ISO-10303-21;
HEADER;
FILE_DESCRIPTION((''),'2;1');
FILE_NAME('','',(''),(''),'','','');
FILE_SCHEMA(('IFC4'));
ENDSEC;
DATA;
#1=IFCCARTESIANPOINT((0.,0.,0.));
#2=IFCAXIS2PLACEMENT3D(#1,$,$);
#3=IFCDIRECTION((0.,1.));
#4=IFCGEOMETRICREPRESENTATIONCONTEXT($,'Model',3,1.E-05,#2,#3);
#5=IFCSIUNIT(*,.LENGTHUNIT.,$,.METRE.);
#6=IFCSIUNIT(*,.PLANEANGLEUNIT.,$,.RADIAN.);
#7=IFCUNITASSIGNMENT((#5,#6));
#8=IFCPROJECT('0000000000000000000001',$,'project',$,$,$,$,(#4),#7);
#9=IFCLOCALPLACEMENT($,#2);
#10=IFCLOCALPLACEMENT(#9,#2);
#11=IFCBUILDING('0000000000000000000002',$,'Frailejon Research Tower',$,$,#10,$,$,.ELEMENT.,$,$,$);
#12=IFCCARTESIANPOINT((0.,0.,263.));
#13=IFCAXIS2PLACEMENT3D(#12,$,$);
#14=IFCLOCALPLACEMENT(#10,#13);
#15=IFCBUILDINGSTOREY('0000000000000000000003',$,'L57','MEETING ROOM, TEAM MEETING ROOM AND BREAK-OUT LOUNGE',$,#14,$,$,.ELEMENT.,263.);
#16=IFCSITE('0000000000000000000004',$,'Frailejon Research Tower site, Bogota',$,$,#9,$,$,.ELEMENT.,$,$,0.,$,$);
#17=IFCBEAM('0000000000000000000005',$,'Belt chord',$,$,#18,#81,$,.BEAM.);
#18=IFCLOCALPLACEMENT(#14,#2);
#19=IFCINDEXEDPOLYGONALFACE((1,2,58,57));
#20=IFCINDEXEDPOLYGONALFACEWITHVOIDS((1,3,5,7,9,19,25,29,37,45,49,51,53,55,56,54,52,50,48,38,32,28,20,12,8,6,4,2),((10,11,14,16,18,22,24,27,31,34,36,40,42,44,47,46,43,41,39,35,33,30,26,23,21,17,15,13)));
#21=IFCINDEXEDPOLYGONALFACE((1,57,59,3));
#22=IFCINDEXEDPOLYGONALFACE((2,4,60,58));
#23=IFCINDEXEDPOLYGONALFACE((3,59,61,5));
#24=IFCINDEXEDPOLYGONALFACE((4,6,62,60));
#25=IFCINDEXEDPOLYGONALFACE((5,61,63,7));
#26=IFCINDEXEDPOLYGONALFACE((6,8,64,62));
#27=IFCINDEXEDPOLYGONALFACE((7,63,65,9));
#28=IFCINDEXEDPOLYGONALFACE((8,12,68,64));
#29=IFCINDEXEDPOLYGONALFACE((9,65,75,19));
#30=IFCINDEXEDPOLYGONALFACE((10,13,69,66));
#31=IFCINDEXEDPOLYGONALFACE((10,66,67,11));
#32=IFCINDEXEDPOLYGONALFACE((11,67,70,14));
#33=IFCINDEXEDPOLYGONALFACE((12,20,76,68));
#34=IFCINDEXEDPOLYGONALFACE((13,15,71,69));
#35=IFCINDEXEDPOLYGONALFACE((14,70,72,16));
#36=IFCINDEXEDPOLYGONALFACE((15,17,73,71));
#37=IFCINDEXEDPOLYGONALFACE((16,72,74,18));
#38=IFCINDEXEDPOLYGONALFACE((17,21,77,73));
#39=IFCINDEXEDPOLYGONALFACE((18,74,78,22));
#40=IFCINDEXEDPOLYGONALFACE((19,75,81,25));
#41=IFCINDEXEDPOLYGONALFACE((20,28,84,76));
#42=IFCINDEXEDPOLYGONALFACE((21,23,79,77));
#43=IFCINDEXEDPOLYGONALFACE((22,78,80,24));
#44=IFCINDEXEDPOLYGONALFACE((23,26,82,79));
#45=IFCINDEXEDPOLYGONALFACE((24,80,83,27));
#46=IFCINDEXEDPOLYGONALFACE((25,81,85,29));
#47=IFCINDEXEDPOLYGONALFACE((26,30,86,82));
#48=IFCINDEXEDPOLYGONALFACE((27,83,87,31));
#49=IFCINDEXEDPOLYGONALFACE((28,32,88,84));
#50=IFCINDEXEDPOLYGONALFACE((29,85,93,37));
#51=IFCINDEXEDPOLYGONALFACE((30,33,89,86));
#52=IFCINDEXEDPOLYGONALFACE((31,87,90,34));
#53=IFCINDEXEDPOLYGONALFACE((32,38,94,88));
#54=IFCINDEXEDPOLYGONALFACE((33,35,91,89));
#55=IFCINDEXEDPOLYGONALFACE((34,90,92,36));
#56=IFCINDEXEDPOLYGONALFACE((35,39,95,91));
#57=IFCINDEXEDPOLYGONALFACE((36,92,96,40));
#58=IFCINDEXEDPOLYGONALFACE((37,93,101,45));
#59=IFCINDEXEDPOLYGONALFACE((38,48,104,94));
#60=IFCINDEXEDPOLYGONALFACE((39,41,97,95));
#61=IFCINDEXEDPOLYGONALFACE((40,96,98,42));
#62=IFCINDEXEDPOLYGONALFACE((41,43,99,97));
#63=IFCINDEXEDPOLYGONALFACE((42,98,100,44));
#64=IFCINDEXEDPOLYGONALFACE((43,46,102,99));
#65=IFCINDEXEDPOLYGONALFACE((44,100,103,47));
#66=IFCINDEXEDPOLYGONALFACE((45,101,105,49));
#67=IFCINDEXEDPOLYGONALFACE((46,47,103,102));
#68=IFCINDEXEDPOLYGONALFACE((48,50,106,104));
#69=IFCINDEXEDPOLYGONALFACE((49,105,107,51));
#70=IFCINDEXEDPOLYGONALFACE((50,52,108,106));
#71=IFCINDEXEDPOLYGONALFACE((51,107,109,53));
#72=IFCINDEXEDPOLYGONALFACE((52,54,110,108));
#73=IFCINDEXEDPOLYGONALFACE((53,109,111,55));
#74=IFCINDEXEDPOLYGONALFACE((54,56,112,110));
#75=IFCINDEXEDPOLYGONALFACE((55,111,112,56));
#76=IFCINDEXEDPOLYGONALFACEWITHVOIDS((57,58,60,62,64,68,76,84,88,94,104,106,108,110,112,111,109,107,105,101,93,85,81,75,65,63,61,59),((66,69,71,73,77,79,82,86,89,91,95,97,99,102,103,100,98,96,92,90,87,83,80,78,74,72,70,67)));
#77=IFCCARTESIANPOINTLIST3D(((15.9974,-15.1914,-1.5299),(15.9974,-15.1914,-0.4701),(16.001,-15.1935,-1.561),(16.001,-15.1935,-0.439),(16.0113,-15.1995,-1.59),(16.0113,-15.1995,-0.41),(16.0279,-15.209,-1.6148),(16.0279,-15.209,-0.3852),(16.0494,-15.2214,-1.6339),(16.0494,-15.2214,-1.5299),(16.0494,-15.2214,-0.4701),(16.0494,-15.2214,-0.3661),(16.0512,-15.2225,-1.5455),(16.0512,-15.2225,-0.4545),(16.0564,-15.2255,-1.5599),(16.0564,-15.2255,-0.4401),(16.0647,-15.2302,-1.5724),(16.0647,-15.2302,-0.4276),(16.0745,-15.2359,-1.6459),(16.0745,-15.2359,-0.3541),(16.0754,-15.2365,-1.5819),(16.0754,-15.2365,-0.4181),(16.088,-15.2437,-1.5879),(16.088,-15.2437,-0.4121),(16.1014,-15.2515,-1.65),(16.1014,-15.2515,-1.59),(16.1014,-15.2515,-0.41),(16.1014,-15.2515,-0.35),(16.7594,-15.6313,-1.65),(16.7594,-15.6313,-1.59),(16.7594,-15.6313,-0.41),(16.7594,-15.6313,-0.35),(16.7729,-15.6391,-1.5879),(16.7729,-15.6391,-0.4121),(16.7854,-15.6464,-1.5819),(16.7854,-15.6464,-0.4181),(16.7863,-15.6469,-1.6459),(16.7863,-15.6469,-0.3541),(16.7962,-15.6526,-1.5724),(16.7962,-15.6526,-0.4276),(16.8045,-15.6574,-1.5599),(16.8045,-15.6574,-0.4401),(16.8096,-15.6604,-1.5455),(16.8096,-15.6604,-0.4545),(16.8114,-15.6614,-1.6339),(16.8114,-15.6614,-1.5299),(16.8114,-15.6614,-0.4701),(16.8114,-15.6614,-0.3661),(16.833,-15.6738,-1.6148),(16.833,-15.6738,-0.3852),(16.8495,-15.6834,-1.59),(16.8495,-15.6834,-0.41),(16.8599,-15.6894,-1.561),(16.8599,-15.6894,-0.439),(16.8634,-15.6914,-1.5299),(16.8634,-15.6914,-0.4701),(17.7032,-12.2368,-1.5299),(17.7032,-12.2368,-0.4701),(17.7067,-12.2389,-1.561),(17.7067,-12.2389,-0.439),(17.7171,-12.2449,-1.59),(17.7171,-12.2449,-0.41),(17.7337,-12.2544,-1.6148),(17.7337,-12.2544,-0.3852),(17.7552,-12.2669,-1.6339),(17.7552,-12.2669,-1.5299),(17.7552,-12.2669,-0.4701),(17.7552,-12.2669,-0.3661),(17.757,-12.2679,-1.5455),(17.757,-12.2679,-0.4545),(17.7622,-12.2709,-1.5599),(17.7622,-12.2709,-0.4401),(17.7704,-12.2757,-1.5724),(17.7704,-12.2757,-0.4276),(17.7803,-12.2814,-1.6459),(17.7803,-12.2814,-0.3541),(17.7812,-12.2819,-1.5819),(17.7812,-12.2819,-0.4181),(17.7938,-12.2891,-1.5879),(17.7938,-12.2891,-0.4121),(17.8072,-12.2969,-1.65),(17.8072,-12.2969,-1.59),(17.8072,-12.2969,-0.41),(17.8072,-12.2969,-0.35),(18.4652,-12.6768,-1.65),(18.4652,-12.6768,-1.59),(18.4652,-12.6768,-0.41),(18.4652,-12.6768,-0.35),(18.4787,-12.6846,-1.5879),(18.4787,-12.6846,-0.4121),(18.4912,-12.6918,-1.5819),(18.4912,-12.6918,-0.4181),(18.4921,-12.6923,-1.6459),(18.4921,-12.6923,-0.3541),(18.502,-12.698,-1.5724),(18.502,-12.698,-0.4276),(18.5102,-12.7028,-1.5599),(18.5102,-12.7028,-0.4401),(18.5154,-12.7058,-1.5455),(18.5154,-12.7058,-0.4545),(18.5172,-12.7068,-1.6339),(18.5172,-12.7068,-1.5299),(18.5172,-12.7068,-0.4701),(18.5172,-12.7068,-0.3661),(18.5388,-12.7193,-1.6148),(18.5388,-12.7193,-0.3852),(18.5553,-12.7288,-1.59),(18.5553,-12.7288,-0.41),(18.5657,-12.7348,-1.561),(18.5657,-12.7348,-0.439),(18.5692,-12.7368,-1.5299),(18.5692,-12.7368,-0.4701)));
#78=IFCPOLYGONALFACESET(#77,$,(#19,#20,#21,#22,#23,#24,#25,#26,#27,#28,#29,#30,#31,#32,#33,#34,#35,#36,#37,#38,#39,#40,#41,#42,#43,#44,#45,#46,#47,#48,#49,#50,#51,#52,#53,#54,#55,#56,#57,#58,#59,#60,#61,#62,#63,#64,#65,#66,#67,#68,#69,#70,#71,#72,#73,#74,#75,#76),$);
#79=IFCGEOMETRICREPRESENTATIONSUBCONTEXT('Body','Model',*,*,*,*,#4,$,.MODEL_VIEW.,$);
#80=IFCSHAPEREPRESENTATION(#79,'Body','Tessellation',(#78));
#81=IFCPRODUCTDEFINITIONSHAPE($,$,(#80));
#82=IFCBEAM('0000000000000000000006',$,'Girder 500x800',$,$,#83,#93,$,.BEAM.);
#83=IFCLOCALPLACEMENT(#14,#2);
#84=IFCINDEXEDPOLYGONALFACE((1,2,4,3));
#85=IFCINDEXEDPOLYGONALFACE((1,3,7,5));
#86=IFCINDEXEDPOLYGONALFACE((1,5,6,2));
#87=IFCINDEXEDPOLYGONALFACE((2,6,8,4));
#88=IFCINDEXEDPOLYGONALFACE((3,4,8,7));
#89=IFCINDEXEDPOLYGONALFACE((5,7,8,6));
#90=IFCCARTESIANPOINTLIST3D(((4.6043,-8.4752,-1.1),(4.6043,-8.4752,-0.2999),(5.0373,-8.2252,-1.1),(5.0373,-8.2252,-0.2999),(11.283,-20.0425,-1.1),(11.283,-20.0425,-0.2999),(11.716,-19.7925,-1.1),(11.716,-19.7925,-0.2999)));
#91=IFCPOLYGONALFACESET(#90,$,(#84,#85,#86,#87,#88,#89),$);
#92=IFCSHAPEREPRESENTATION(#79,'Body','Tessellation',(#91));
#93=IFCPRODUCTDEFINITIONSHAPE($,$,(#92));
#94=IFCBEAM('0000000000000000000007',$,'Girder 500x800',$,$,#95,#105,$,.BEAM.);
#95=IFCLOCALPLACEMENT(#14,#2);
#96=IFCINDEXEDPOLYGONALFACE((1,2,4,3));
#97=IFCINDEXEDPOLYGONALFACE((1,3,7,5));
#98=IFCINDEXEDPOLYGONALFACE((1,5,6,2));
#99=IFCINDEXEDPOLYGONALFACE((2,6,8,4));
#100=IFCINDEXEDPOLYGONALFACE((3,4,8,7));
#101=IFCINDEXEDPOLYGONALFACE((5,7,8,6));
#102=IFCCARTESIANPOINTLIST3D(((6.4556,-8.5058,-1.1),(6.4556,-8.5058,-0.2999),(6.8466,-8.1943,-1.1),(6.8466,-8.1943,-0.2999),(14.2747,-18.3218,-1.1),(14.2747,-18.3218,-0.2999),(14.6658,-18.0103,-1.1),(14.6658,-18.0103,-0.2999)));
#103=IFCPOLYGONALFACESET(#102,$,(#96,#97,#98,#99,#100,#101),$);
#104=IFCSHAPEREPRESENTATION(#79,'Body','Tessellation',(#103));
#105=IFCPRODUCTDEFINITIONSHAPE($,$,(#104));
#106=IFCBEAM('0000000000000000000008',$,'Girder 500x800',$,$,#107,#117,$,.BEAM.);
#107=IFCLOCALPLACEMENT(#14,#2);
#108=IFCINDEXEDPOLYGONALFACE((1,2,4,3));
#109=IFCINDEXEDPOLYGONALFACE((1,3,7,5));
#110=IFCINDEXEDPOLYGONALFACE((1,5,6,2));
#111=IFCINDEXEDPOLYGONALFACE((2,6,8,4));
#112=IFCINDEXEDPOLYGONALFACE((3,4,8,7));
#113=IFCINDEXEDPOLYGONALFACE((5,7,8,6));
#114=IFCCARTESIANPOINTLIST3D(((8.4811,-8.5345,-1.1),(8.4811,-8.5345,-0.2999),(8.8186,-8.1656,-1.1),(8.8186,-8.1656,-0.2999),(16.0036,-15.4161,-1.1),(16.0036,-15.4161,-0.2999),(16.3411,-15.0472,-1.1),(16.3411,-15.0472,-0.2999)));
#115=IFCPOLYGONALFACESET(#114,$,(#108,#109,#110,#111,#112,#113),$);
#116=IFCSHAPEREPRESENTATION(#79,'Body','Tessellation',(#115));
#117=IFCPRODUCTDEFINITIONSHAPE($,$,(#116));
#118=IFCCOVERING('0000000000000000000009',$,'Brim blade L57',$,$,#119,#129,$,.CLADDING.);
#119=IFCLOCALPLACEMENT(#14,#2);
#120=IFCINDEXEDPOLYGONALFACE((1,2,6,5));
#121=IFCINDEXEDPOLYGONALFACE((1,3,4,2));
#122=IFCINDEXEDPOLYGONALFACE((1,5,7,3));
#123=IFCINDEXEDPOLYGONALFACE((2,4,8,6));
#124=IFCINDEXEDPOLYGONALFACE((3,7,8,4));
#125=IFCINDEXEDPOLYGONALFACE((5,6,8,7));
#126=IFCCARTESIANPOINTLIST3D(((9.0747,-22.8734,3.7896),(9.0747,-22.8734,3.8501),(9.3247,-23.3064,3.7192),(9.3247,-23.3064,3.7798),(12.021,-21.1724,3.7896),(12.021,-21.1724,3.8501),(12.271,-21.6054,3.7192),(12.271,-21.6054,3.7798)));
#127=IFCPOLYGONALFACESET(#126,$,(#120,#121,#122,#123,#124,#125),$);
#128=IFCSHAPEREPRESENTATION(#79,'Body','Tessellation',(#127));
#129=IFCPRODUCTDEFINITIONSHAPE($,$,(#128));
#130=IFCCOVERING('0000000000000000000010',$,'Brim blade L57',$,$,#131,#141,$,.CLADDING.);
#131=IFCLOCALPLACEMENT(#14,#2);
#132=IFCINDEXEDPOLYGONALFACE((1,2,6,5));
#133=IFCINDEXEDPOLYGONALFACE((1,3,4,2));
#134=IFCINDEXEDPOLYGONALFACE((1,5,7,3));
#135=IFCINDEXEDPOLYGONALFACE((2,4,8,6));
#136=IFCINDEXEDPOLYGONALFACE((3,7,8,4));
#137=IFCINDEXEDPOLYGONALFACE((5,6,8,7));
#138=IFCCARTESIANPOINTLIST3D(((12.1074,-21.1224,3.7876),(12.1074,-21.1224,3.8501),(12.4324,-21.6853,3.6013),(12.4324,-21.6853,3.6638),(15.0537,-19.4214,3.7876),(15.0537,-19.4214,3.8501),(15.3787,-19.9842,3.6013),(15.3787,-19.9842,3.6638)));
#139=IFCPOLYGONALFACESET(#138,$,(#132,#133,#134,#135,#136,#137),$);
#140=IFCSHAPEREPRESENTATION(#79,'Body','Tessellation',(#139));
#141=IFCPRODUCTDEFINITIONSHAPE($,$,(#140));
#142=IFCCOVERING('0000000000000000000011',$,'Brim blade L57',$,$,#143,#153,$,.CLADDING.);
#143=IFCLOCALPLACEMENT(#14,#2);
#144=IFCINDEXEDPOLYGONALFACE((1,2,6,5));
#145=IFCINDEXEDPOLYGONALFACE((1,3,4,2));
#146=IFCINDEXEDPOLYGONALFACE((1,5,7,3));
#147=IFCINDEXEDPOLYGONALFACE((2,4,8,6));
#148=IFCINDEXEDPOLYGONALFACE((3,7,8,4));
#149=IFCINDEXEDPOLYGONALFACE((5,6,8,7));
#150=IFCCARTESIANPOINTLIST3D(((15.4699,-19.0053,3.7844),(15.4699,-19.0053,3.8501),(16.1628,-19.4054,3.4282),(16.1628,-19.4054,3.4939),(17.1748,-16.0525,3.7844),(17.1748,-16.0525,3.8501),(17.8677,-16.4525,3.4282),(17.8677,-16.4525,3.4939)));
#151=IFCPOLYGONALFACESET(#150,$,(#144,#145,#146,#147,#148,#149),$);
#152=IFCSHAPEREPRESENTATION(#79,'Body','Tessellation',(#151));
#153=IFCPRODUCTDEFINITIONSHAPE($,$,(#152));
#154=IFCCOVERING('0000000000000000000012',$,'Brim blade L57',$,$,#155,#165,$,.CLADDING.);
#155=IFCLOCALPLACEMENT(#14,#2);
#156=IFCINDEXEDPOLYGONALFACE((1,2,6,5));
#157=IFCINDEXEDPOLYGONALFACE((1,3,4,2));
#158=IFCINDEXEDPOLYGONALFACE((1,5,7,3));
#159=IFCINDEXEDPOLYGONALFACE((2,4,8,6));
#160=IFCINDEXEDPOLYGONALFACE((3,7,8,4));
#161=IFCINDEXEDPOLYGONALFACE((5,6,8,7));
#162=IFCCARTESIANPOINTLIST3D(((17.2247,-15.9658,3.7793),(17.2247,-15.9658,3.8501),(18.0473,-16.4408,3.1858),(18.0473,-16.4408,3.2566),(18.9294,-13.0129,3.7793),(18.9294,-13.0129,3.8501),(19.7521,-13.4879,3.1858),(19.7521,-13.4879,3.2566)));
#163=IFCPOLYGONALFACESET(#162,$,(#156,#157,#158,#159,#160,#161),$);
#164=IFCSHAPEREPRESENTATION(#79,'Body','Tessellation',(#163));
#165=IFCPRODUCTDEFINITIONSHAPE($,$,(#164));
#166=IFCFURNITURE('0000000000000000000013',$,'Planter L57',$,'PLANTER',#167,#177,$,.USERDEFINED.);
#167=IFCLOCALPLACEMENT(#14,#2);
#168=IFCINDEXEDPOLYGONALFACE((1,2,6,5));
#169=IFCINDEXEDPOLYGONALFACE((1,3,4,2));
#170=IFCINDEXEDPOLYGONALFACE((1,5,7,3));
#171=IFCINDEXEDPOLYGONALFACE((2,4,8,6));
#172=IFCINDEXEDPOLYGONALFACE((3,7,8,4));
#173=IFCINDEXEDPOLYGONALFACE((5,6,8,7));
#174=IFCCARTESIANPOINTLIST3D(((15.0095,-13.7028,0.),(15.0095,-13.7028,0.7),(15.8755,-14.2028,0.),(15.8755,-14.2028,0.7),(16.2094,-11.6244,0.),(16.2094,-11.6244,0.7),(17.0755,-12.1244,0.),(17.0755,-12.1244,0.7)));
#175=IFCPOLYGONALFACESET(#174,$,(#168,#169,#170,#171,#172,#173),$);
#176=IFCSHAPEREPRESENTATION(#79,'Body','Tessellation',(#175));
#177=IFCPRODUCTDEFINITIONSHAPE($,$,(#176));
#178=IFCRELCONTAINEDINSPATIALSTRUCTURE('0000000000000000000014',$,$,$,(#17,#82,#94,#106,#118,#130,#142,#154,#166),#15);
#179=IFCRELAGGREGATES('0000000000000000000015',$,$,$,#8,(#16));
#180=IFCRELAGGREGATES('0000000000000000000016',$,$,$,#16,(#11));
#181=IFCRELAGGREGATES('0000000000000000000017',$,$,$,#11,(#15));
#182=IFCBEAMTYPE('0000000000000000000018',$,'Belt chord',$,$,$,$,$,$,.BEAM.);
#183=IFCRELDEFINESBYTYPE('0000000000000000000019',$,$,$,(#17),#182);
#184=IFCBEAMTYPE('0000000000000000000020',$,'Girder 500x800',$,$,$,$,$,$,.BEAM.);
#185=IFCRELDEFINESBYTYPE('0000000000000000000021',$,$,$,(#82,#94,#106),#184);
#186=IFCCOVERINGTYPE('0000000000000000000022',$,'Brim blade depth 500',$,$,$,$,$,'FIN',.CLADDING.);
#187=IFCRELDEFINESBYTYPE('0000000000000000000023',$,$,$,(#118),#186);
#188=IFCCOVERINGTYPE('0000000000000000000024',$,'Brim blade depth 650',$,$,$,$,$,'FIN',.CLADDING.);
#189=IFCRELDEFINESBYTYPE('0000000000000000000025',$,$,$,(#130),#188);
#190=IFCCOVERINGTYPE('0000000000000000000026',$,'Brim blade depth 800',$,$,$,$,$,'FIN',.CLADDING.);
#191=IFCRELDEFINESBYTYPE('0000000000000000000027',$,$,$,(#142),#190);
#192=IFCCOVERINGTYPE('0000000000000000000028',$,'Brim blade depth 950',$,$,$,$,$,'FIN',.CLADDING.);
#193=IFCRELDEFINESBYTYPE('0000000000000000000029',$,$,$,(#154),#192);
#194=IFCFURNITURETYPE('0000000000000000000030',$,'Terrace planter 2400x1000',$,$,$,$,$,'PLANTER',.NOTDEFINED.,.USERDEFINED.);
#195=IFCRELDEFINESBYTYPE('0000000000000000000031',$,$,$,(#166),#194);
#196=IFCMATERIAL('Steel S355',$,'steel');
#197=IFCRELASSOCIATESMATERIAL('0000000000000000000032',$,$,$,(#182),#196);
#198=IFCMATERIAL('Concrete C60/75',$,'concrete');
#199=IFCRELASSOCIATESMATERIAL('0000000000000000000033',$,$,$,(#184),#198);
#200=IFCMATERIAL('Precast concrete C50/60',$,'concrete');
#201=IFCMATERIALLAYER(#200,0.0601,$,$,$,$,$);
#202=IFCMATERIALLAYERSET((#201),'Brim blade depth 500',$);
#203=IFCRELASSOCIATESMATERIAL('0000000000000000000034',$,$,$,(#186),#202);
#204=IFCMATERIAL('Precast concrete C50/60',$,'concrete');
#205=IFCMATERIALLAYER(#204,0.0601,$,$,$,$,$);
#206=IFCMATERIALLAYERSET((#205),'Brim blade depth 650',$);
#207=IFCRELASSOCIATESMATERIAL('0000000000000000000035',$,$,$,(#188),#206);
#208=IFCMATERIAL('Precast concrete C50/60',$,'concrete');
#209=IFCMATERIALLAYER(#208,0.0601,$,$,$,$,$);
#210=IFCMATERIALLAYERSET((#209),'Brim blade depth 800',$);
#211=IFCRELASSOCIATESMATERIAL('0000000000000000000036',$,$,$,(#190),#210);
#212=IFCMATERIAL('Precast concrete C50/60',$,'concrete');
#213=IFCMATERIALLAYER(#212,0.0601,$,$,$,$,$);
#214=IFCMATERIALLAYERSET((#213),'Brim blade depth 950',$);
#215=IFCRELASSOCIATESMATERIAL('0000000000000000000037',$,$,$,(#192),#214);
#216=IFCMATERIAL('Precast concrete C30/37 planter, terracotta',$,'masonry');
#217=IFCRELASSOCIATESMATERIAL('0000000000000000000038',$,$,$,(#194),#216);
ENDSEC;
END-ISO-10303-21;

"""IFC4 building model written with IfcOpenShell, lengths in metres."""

from ifc_helpers import new_model, si_unit, direction, frame, origin, origin_2d, place, context, subcontext, project, spatial, polyline, rectangle, hollow_rectangle, outline, extrude, material, layer, layer_set, material_profile, profile_set, type_object, element, save


model = new_model("IFC4")

# Units and contexts
model_context = context("Model", 3, precision=1e-05, world=origin(), true_north=direction((0.0, 1.0)))
body_context = subcontext(model_context, "Body", "Model", "MODEL_VIEW")
ifc_project = project(units=[si_unit("LENGTHUNIT", "METRE"), si_unit("PLANEANGLEUNIT", "RADIAN")], contexts=[model_context])

# Site, building, storey
site_placement = place(None, origin())
site = spatial("IfcSite", under=ifc_project, at=site_placement, Name="Frailejon Research Tower site, Bogota", CompositionType="ELEMENT", RefElevation=0.0)
building_placement = place(site_placement, origin())
building = spatial("IfcBuilding", under=site, at=building_placement, Name="Frailejon Research Tower", CompositionType="ELEMENT")
storey_placement = place(building_placement, frame((0.0, 0.0, 263.0)))
storey = spatial("IfcBuildingStorey", under=building, at=storey_placement, Name="L57", Description="MEETING ROOM, TEAM MEETING ROOM AND BREAK-OUT LOUNGE", CompositionType="ELEMENT", Elevation=263.0)

# Beams
ifc_material_1 = material(Name="Steel S355", Category="steel")
ifc_material_profile_1 = material_profile(ifc_material_1, hollow_rectangle(XDim=1.0, YDim=1.3, WallThickness=0.0601, InnerFilletRadius=0.0601, OuterFilletRadius=0.1201, at=origin_2d()), Name="Belt chord")
ifc_profile_set_1 = profile_set([ifc_material_profile_1], Name="Steel S355")
beam_type_1 = type_object("IfcBeamType", Name="Belt chord", PredefinedType="BEAM", material=ifc_profile_set_1)
for number, where, z_axis, x_axis, name in (
    (1, (16.4304, -15.4414, -1.0), (0.499995, 0.866028, 0.0), (-0.866028, 0.499995, 0.0), "Belt chord"),
):
    element("IfcBeam", number, at=place(storey_placement, frame(where, z_axis=z_axis, x_axis=x_axis)), inside=storey, type_object=beam_type_1, Name=name, PredefinedType="BEAM", context=body_context, shape_type="SweptSolid", body=[
        extrude(hollow_rectangle(XDim=1.0, YDim=1.3, WallThickness=0.0601, InnerFilletRadius=0.0601, OuterFilletRadius=0.1201, at=origin_2d()), origin(), (0.0, 0.0, 1.0), 3.4116),
    ])
ifc_material_2 = material(Name="Concrete C60/75", Category="concrete")
ifc_material_profile_2 = material_profile(ifc_material_2, rectangle(XDim=0.5, YDim=0.8, at=origin_2d()), Name="Girder 500x800")
ifc_profile_set_2 = profile_set([ifc_material_profile_2], Name="Concrete C60/75")
beam_type_2 = type_object("IfcBeamType", Name="Girder 500x800", PredefinedType="BEAM", material=ifc_profile_set_2)
beam_1_placement = place(storey_placement, frame((11.4995, -19.9175, -0.7), z_axis=(-0.500016, 0.866016, 0.0), x_axis=(-0.866016, -0.500016, 0.0)))
element("IfcBeam", 2, at=beam_1_placement, inside=storey, type_object=beam_type_2, Name="Girder 500x800", PredefinedType="BEAM", context=body_context, shape_type="SweptSolid", body=[
    extrude(rectangle(XDim=0.5, YDim=0.8, at=origin_2d()), origin(), (0.0, 0.0, 1.0), 13.3569),
])
beam_2_placement = place(storey_placement, frame((14.4702, -18.166, -0.7), z_axis=(-0.623059, 0.782175, 0.0), x_axis=(-0.782175, -0.623059, 0.0)))
element("IfcBeam", 3, at=beam_2_placement, inside=storey, type_object=beam_type_2, Name="Girder 500x800", PredefinedType="BEAM", context=body_context, shape_type="SweptSolid", body=[
    extrude(rectangle(XDim=0.5, YDim=0.8, at=origin_2d()), origin(), (0.0, 0.0, 1.0), 12.5496),
])
beam_3_placement = place(storey_placement, frame((16.1724, -15.2317, -0.7), z_axis=(-0.737838, 0.674978, 0.0), x_axis=(-0.674978, -0.737838, 0.0)))
element("IfcBeam", 4, at=beam_3_placement, inside=storey, type_object=beam_type_2, Name="Girder 500x800", PredefinedType="BEAM", context=body_context, shape_type="SweptSolid", body=[
    extrude(rectangle(XDim=0.5, YDim=0.8, at=origin_2d()), origin(), (0.0, 0.0, 1.0), 10.1953),
])

# Coverings
ifc_material_3 = material(Name="Precast concrete C50/60", Category="concrete")
ifc_layer_1 = layer(ifc_material_3, 0.0601)
ifc_layer_set_1 = layer_set([ifc_layer_1], Name="Brim blade depth 500")
covering_type_1 = type_object("IfcCoveringType", Name="Brim blade depth 500", ElementType="FIN", PredefinedType="CLADDING", material=ifc_layer_set_1)
covering_1_placement = place(storey_placement, frame((12.021, -21.1724, 3.8501), z_axis=(-0.866024, -0.500003, 0.0), x_axis=(0.500003, -0.866024, 0.0)))
element("IfcCovering", 5, at=covering_1_placement, inside=storey, type_object=covering_type_1, Name="Brim blade L57", PredefinedType="CLADDING", context=body_context, shape_type="SweptSolid", body=[
    extrude(outline(polyline([(0.0, -0.0605), (0.5, -0.1309), (0.5, -0.0703), (0.0, 0.0), (0.0, -0.0605)])), origin(), (0.0, 0.0, 1.0), 3.4021),
])
ifc_material_4 = material(Name="Precast concrete C50/60", Category="concrete")
ifc_layer_2 = layer(ifc_material_4, 0.0601)
ifc_layer_set_2 = layer_set([ifc_layer_2], Name="Brim blade depth 650")
covering_type_2 = type_object("IfcCoveringType", Name="Brim blade depth 650", ElementType="FIN", PredefinedType="CLADDING", material=ifc_layer_set_2)
covering_2_placement = place(storey_placement, frame((15.0537, -19.4214, 3.8501), z_axis=(-0.866024, -0.500003, 0.0), x_axis=(0.500003, -0.866024, 0.0)))
element("IfcCovering", 6, at=covering_2_placement, inside=storey, type_object=covering_type_2, Name="Brim blade L57", PredefinedType="CLADDING", context=body_context, shape_type="SweptSolid", body=[
    extrude(outline(polyline([(0.0, -0.0625), (0.6499, -0.2488), (0.6499, -0.1863), (0.0, 0.0), (0.0, -0.0625)])), origin(), (0.0, 0.0, 1.0), 3.4021),
])
ifc_material_5 = material(Name="Precast concrete C50/60", Category="concrete")
ifc_layer_3 = layer(ifc_material_5, 0.0601)
ifc_layer_set_3 = layer_set([ifc_layer_3], Name="Brim blade depth 800")
covering_type_3 = type_object("IfcCoveringType", Name="Brim blade depth 800", ElementType="FIN", PredefinedType="CLADDING", material=ifc_layer_set_3)
covering_3_placement = place(storey_placement, frame((17.1748, -16.0525, 3.8501), z_axis=(-0.500009, -0.86602, 0.0), x_axis=(0.86602, -0.500009, 0.0)))
element("IfcCovering", 7, at=covering_3_placement, inside=storey, type_object=covering_type_3, Name="Brim blade L57", PredefinedType="CLADDING", context=body_context, shape_type="SweptSolid", body=[
    extrude(outline(polyline([(0.0, -0.0657), (0.8, -0.4219), (0.8, -0.3562), (0.0, 0.0), (0.0, -0.0657)])), origin(), (0.0, 0.0, 1.0), 3.4097),
])
ifc_material_6 = material(Name="Precast concrete C50/60", Category="concrete")
ifc_layer_4 = layer(ifc_material_6, 0.0601)
ifc_layer_set_4 = layer_set([ifc_layer_4], Name="Brim blade depth 950")
covering_type_4 = type_object("IfcCoveringType", Name="Brim blade depth 950", ElementType="FIN", PredefinedType="CLADDING", material=ifc_layer_set_4)
covering_4_placement = place(storey_placement, frame((18.9294, -13.0129, 3.8501), z_axis=(-0.499988, -0.866032, 0.0), x_axis=(0.866032, -0.499988, 0.0)))
element("IfcCovering", 8, at=covering_4_placement, inside=storey, type_object=covering_type_4, Name="Brim blade L57", PredefinedType="CLADDING", context=body_context, shape_type="SweptSolid", body=[
    extrude(outline(polyline([(0.0, -0.0708), (0.95, -0.6643), (0.95, -0.5935), (0.0, 0.0), (0.0, -0.0708)])), origin(), (0.0, 0.0, 1.0), 3.4097),
])

# Furniture
ifc_material_7 = material(Name="Precast concrete C30/37 planter, terracotta", Category="masonry")
furniture_type = type_object("IfcFurnitureType", Name="Terrace planter 2400x1000", ElementType="PLANTER", AssemblyPlace="NOTDEFINED", PredefinedType="USERDEFINED", material=ifc_material_7)
furniture_placement = place(storey_placement, frame((16.0425, -12.9136, 0.0), z_axis=(0.0, 0.0, 1.0), x_axis=(0.5, 0.866025, 0.0)))
element("IfcFurniture", 9, at=furniture_placement, inside=storey, type_object=furniture_type, Name="Planter L57", ObjectType="PLANTER", PredefinedType="USERDEFINED", context=body_context, shape_type="SweptSolid", body=[
    extrude(rectangle(XDim=2.3999, YDim=1.0, at=origin_2d()), origin(), (0.0, 0.0, 1.0), 0.7),
])

save(model, "model.ifc")
